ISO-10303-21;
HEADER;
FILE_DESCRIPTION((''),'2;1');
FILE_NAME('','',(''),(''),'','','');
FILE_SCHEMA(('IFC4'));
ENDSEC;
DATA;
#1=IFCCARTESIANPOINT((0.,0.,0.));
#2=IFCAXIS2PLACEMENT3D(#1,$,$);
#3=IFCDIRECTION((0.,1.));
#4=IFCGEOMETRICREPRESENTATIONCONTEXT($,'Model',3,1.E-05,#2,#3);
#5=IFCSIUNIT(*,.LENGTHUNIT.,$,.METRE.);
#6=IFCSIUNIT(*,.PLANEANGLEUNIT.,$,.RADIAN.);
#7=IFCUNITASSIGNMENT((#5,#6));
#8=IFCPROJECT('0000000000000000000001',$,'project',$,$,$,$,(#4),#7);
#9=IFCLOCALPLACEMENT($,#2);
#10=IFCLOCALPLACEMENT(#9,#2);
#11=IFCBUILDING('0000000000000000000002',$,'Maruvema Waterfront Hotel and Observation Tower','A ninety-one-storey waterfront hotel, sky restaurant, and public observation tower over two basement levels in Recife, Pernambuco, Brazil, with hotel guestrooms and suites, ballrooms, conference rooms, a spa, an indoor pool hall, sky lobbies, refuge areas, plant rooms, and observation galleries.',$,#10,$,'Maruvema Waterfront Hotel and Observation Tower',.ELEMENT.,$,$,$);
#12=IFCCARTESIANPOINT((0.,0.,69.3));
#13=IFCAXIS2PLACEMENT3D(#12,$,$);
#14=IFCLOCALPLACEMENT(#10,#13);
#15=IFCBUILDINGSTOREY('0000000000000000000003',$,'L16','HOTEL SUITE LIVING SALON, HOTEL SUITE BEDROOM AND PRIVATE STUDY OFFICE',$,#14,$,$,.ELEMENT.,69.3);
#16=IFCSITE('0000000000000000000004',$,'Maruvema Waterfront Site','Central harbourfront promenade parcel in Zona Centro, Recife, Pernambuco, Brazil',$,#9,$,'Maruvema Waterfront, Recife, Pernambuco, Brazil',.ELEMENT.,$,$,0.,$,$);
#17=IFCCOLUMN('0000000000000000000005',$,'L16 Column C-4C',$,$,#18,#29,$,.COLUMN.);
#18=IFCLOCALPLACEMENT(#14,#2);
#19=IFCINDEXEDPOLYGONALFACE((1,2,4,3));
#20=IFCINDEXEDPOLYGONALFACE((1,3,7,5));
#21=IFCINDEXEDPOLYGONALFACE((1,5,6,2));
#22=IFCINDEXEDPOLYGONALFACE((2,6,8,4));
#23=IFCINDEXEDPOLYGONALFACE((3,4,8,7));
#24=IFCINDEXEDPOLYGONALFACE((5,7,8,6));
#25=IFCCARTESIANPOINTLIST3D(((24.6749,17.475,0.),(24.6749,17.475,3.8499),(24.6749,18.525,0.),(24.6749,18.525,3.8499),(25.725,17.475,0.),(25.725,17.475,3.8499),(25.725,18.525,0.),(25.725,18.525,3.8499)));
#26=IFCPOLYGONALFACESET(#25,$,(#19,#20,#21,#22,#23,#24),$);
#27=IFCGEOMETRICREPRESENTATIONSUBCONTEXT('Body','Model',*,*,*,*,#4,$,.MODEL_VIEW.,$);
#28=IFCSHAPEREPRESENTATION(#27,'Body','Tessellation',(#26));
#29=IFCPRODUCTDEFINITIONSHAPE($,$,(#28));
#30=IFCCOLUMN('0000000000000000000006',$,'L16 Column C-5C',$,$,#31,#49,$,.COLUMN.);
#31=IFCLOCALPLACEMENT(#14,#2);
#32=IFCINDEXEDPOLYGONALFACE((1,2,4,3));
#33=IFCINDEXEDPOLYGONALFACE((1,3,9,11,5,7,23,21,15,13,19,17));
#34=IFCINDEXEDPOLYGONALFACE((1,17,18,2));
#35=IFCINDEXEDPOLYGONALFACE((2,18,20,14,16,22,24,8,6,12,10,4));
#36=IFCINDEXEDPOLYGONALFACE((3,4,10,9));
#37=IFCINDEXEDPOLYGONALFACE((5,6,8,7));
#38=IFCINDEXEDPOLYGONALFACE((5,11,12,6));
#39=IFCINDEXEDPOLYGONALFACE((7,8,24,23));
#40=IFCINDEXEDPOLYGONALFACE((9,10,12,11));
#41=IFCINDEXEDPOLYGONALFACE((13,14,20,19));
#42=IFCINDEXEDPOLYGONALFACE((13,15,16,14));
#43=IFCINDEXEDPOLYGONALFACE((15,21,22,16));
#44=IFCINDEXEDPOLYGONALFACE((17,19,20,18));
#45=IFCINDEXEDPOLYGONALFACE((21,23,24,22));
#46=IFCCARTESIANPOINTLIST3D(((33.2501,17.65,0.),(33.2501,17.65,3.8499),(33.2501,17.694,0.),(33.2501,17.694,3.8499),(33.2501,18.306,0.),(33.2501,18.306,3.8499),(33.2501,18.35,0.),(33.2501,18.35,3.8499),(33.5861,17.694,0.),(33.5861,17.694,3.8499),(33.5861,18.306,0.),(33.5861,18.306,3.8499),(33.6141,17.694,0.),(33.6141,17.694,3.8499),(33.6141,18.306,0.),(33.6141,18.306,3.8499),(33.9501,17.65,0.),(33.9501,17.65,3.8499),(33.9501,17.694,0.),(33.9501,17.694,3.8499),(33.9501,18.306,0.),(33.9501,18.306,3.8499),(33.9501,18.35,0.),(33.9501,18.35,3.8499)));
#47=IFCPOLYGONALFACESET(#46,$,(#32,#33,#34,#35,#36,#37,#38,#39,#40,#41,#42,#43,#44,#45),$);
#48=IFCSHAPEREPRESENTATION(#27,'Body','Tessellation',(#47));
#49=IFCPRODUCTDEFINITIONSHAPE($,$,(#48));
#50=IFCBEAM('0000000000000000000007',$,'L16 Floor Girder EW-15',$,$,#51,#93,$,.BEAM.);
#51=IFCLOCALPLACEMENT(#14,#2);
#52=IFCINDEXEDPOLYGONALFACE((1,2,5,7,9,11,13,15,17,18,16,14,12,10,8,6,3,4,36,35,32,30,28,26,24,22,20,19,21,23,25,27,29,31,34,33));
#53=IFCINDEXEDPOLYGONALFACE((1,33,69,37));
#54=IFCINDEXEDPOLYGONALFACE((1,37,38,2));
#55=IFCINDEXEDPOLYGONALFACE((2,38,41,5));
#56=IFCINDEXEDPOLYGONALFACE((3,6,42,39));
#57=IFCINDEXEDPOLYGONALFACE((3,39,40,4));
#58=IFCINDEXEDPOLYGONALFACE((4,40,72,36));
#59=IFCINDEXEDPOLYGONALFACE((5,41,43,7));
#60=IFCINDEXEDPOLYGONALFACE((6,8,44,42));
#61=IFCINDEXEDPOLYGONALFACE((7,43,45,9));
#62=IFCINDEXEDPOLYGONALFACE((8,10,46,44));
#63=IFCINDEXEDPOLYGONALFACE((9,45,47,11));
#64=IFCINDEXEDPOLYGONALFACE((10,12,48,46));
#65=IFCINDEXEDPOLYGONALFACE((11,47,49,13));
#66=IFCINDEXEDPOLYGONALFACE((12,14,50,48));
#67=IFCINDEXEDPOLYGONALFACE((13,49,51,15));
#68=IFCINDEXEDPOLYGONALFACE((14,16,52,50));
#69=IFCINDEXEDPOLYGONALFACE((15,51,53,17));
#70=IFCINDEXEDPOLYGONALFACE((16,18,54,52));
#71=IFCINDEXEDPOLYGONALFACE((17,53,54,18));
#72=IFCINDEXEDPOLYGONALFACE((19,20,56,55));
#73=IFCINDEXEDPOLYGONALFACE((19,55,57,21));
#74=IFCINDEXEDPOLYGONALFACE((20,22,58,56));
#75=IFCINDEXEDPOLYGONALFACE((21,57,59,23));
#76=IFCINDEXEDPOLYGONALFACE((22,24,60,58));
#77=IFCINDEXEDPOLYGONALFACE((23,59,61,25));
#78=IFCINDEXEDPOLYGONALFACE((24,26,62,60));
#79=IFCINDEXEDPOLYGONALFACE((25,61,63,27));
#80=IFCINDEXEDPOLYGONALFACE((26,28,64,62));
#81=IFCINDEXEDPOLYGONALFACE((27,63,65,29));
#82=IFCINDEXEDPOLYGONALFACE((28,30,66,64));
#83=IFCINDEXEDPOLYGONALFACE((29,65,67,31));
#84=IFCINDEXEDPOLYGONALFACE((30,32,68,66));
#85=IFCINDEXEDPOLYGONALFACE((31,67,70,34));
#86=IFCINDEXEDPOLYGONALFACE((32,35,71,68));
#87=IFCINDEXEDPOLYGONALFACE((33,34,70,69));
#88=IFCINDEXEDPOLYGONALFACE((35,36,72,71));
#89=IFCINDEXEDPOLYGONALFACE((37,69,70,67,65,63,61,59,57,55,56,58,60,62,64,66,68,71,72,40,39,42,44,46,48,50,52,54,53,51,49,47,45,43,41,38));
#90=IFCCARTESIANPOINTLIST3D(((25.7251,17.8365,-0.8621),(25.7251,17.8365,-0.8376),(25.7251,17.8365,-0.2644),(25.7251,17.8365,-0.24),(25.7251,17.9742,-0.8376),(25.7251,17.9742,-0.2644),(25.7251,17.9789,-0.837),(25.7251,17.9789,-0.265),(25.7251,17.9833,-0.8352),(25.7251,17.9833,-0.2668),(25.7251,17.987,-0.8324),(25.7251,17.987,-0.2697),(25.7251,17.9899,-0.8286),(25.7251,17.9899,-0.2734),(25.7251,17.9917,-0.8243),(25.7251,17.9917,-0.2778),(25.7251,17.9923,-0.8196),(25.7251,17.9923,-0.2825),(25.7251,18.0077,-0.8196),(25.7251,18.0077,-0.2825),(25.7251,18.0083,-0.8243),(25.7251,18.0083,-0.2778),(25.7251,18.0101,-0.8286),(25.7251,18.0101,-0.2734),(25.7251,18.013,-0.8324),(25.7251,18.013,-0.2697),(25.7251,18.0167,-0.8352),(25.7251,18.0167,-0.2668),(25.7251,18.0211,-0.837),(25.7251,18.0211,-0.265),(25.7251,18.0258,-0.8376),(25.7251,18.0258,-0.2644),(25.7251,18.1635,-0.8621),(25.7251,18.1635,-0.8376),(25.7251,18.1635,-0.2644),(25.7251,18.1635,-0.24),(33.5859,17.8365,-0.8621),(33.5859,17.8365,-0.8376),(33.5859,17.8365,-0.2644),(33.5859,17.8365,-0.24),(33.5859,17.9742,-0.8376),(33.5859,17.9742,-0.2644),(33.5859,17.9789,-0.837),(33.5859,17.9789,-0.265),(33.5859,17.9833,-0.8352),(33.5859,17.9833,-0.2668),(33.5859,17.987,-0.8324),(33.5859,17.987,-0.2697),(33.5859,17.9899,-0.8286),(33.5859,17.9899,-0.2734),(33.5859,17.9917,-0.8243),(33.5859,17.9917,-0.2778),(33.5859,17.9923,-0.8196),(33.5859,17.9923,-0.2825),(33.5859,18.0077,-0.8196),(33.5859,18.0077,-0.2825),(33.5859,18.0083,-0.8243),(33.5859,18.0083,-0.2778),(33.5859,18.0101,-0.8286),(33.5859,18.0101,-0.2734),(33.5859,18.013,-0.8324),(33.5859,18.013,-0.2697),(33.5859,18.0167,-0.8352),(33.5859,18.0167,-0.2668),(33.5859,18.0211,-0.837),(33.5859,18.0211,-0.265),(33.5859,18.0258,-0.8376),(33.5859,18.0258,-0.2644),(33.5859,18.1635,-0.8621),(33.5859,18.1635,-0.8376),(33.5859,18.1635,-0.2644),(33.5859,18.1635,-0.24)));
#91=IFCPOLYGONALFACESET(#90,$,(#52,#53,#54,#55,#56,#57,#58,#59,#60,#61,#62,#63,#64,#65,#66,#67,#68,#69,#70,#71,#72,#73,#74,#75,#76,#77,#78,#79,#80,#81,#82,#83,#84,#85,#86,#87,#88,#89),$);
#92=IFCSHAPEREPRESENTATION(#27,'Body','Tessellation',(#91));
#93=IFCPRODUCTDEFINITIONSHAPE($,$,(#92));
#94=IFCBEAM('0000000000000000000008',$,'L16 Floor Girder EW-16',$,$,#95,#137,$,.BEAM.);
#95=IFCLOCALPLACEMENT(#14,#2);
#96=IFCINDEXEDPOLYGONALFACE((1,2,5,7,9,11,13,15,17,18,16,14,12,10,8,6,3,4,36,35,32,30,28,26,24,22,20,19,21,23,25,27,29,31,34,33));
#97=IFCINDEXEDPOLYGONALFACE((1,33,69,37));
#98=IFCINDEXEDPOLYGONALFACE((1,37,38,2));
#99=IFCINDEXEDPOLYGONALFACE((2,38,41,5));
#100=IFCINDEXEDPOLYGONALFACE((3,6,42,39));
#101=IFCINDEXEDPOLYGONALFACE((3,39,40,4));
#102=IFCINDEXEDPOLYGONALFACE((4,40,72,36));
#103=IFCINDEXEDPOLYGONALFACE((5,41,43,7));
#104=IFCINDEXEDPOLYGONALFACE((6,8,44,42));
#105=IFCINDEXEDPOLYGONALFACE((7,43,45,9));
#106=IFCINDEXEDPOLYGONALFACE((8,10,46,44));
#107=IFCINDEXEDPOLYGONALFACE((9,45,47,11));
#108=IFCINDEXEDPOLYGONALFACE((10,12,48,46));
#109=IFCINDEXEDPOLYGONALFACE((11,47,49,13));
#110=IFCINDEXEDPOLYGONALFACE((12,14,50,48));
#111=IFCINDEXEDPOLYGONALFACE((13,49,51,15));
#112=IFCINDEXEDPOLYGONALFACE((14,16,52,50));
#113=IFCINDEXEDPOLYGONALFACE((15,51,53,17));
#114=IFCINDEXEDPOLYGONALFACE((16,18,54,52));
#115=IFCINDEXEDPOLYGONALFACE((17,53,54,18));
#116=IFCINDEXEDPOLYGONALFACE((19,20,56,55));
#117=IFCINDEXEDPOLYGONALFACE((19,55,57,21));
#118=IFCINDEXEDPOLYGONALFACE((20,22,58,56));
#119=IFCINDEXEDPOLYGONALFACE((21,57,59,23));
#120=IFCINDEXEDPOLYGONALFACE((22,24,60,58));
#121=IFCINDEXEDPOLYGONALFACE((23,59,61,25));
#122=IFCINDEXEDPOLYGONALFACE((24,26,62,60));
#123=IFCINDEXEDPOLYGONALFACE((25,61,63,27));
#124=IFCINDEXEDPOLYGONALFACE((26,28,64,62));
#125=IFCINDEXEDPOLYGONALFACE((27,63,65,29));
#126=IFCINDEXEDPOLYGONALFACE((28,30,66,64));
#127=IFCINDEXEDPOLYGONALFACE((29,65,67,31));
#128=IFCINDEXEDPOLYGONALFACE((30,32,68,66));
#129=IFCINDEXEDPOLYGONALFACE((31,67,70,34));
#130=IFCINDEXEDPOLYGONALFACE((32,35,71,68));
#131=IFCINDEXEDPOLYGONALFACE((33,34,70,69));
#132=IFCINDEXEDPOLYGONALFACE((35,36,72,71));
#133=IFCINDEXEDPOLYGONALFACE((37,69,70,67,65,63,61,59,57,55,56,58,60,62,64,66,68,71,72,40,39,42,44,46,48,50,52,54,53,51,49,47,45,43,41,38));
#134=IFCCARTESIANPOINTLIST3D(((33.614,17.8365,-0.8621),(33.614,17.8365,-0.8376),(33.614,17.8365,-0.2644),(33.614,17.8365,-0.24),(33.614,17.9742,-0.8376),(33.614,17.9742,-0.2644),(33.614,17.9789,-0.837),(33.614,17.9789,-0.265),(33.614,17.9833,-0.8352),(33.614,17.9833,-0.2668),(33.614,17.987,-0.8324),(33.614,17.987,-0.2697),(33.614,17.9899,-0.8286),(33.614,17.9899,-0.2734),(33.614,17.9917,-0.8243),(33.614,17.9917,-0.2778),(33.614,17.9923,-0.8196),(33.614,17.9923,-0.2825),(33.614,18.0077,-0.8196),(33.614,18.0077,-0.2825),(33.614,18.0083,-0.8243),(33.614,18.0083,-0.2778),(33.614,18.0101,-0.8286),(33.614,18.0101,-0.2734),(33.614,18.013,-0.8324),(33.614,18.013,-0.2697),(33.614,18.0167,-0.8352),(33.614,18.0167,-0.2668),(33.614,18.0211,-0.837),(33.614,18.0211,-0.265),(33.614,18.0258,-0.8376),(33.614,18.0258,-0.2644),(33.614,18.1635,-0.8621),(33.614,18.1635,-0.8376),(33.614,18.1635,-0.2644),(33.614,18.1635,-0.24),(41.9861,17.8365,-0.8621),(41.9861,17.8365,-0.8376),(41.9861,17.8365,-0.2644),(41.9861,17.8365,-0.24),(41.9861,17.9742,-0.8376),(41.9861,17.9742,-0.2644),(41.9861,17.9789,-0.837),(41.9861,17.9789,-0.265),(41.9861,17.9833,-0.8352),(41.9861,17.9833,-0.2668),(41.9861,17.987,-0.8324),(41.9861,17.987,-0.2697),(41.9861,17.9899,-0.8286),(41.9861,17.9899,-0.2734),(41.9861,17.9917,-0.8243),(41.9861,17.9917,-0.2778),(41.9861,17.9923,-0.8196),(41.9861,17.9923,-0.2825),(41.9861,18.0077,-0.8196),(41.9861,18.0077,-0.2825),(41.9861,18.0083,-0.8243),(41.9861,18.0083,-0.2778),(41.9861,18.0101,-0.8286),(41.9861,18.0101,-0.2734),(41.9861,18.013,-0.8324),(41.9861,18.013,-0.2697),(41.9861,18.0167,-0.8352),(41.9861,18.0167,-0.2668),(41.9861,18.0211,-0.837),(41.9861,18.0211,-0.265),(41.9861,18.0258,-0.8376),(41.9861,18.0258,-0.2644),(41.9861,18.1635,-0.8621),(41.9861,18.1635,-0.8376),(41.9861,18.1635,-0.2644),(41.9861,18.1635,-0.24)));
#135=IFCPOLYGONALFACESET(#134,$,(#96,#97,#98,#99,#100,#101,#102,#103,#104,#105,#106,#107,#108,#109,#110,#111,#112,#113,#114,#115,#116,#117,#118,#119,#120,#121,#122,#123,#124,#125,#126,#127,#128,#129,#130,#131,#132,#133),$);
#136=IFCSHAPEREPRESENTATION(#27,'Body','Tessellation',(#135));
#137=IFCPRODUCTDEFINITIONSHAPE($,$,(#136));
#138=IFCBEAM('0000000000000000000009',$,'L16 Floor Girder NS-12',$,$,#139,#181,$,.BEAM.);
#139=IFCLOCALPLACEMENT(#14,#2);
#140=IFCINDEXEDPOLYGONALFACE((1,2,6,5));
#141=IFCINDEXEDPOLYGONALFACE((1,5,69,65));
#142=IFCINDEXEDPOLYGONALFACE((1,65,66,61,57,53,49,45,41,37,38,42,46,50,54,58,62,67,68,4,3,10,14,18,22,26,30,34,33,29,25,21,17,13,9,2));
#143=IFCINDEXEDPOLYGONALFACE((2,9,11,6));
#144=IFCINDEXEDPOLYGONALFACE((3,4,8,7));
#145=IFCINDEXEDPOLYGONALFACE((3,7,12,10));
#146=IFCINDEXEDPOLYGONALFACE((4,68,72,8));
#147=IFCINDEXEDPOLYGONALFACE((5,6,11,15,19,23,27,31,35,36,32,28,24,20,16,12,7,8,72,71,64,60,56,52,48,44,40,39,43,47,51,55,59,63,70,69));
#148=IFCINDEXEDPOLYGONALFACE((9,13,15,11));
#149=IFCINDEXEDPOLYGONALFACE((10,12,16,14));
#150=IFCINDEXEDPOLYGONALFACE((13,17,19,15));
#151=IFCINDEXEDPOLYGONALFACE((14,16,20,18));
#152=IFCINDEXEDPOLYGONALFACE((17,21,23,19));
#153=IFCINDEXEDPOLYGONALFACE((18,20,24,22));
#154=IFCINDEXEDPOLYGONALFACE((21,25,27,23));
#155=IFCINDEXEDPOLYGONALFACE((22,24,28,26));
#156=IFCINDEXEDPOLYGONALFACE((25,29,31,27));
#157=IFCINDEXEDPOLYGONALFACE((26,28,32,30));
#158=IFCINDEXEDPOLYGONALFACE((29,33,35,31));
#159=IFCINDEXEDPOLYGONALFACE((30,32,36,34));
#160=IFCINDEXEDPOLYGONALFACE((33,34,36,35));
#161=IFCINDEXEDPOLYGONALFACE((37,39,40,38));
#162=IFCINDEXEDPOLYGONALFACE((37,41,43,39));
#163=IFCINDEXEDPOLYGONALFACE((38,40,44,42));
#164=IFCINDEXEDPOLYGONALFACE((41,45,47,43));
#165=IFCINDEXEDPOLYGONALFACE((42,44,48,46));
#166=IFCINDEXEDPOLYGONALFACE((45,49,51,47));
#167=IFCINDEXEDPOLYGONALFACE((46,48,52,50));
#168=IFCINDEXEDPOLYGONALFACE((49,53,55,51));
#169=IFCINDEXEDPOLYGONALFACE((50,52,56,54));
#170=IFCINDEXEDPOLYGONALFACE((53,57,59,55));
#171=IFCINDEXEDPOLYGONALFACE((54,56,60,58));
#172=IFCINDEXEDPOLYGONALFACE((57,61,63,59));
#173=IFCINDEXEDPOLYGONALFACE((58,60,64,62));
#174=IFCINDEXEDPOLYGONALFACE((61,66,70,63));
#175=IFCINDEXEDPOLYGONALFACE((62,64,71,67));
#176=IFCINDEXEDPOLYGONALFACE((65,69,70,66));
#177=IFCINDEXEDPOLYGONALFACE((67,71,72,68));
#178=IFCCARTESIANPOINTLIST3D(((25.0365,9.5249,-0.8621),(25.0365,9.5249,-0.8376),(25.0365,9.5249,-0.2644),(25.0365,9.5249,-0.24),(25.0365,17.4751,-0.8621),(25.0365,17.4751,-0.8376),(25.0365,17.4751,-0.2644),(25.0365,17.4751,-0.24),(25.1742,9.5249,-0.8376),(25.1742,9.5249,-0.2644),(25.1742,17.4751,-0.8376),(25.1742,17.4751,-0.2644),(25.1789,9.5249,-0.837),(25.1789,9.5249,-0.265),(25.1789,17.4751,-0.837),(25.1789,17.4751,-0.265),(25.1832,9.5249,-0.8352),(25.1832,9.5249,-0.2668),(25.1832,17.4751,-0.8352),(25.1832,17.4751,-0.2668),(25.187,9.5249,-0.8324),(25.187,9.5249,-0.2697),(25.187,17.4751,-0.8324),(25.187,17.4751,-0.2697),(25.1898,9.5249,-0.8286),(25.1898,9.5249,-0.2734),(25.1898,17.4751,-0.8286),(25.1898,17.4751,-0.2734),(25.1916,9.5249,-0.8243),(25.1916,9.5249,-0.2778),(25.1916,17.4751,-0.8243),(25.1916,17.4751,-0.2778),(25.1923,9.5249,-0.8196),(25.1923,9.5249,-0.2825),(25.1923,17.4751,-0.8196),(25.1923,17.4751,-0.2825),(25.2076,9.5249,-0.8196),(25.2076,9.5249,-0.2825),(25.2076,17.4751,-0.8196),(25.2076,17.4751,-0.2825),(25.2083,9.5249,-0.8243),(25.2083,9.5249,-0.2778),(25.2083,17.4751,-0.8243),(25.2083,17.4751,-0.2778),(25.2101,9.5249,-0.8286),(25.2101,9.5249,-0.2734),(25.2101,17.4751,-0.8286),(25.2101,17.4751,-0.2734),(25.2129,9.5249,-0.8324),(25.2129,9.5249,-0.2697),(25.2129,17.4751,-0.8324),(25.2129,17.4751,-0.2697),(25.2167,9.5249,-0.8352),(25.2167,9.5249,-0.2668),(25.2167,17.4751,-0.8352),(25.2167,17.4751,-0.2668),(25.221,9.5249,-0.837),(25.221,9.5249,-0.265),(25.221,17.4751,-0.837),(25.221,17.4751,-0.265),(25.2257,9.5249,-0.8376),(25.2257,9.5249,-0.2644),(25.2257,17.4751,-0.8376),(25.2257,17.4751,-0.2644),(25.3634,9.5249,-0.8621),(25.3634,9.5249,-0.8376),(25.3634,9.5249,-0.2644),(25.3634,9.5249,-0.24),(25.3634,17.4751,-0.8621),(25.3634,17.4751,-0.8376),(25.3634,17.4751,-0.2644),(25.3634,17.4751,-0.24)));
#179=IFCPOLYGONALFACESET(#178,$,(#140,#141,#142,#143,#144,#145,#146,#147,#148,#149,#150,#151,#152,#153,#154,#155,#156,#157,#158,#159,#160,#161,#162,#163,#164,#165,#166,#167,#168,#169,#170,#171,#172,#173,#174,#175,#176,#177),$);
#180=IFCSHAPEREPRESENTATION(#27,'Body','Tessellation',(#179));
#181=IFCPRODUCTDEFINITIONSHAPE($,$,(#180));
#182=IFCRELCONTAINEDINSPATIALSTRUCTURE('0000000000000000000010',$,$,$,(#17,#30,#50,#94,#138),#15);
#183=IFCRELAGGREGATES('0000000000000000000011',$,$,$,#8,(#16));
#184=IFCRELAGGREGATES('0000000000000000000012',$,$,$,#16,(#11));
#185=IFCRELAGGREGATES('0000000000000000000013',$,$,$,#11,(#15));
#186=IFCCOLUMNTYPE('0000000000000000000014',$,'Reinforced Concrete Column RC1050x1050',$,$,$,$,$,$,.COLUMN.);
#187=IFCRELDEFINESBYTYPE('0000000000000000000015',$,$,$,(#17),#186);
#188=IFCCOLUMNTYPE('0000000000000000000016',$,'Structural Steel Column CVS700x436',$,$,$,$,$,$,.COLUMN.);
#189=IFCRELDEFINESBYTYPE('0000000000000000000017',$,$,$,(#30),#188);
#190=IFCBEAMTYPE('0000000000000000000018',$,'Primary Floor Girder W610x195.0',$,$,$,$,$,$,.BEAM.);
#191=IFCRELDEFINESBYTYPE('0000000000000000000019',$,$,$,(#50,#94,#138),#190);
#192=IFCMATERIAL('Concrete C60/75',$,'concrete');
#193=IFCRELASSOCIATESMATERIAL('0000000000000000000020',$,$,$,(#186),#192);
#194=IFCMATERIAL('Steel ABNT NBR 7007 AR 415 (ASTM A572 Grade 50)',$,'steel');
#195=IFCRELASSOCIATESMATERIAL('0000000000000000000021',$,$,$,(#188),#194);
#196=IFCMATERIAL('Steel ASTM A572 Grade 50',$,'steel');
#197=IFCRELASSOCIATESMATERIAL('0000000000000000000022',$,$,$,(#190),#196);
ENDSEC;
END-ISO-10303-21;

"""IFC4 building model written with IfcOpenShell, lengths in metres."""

from ifc_helpers import new_model, si_unit, direction, frame, origin, origin_2d, place, context, subcontext, project, spatial, rectangle, i_section, extrude, material, material_profile, profile_set, type_object, element, save


model = new_model("IFC4")

# Units and contexts
model_context = context("Model", 3, precision=1e-05, world=origin(), true_north=direction((0.0, 1.0)))
body_context = subcontext(model_context, "Body", "Model", "MODEL_VIEW")
ifc_project = project(units=[si_unit("LENGTHUNIT", "METRE"), si_unit("PLANEANGLEUNIT", "RADIAN")], contexts=[model_context])

# Site, building, storey
site_placement = place(None, origin())
site = spatial("IfcSite", under=ifc_project, at=site_placement, Name="Maruvema Waterfront Site", Description="Central harbourfront promenade parcel in Zona Centro, Recife, Pernambuco, Brazil", LongName="Maruvema Waterfront, Recife, Pernambuco, Brazil", CompositionType="ELEMENT", RefElevation=0.0)
building_placement = place(site_placement, origin())
building = spatial("IfcBuilding", under=site, at=building_placement, Name="Maruvema Waterfront Hotel and Observation Tower", Description="A ninety-one-storey waterfront hotel, sky restaurant, and public observation tower over two basement levels in Recife, Pernambuco, Brazil, with hotel guestrooms and suites, ballrooms, conference rooms, a spa, an indoor pool hall, sky lobbies, refuge areas, plant rooms, and observation galleries.", LongName="Maruvema Waterfront Hotel and Observation Tower", CompositionType="ELEMENT")
storey_placement = place(building_placement, frame((0.0, 0.0, 69.3)))
storey = spatial("IfcBuildingStorey", under=building, at=storey_placement, Name="L16", Description="HOTEL SUITE LIVING SALON, HOTEL SUITE BEDROOM AND PRIVATE STUDY OFFICE", CompositionType="ELEMENT", Elevation=69.3)

# Columns
ifc_material_1 = material(Name="Concrete C60/75", Category="concrete")
ifc_material_profile_1 = material_profile(ifc_material_1, rectangle(XDim=1.05, YDim=1.05, at=origin_2d()), Name="RC1050x1050")
ifc_profile_set_1 = profile_set([ifc_material_profile_1], Name="Concrete C60/75")
column_type_1 = type_object("IfcColumnType", Name="Reinforced Concrete Column RC1050x1050", PredefinedType="COLUMN", material=ifc_profile_set_1)
column_1_placement = place(storey_placement, frame((25.2, 18.0, 0.0), z_axis=(0.0, 0.0, 1.0), x_axis=(1.0, 0.0, 0.0)))
element("IfcColumn", 1, at=column_1_placement, inside=storey, type_object=column_type_1, Name="L16 Column C-4C", PredefinedType="COLUMN", context=body_context, shape_type="SweptSolid", body=[
    extrude(rectangle(XDim=1.05, YDim=1.05, at=origin_2d()), origin(), (0.0, 0.0, 1.0), 3.8499),
])
ifc_material_2 = material(Name="Steel ABNT NBR 7007 AR 415 (ASTM A572 Grade 50)", Category="steel")
ifc_material_profile_2 = material_profile(ifc_material_2, i_section(OverallWidth=0.7, OverallDepth=0.7, WebThickness=0.0281, FlangeThickness=0.0439, at=origin_2d()), Name="CVS700x436")
ifc_profile_set_2 = profile_set([ifc_material_profile_2], Name="Steel ABNT NBR 7007 AR 415 (ASTM A572 Grade 50)")
column_type_2 = type_object("IfcColumnType", Name="Structural Steel Column CVS700x436", PredefinedType="COLUMN", material=ifc_profile_set_2)
column_2_placement = place(storey_placement, frame((33.6001, 18.0, 0.0), z_axis=(0.0, 0.0, 1.0), x_axis=(1.0, 0.0, 0.0)))
element("IfcColumn", 2, at=column_2_placement, inside=storey, type_object=column_type_2, Name="L16 Column C-5C", PredefinedType="COLUMN", context=body_context, shape_type="SweptSolid", body=[
    extrude(i_section(OverallWidth=0.7, OverallDepth=0.7, WebThickness=0.0281, FlangeThickness=0.0439, at=origin_2d()), origin(), (0.0, 0.0, 1.0), 3.8499),
])

# Beams
ifc_material_3 = material(Name="Steel ASTM A572 Grade 50", Category="steel")
ifc_material_profile_3 = material_profile(ifc_material_3, i_section(OverallWidth=0.3269, OverallDepth=0.6221, WebThickness=0.0154, FlangeThickness=0.0244, FilletRadius=0.0181, at=origin_2d()), Name="W610x195.0")
ifc_profile_set_3 = profile_set([ifc_material_profile_3], Name="Steel ASTM A572 Grade 50")
beam_type_1 = type_object("IfcBeamType", Name="Primary Floor Girder W610x195.0", PredefinedType="BEAM", material=ifc_profile_set_3)
beam_1_placement = place(storey_placement, frame((25.7251, 18.0, -0.551), z_axis=(1.0, 0.0, 0.0), x_axis=(0.0, 1.0, 0.0)))
element("IfcBeam", 3, at=beam_1_placement, inside=storey, type_object=beam_type_1, Name="L16 Floor Girder EW-15", PredefinedType="BEAM", context=body_context, shape_type="SweptSolid", body=[
    extrude(i_section(OverallWidth=0.3269, OverallDepth=0.6221, WebThickness=0.0154, FlangeThickness=0.0244, FilletRadius=0.0181, at=origin_2d()), origin(), (0.0, 0.0, 1.0), 7.8608),
])
beam_2_placement = place(storey_placement, frame((33.614, 18.0, -0.551), z_axis=(1.0, 0.0, 0.0), x_axis=(0.0, 1.0, 0.0)))
element("IfcBeam", 4, at=beam_2_placement, inside=storey, type_object=beam_type_1, Name="L16 Floor Girder EW-16", PredefinedType="BEAM", context=body_context, shape_type="SweptSolid", body=[
    extrude(i_section(OverallWidth=0.3269, OverallDepth=0.6221, WebThickness=0.0154, FlangeThickness=0.0244, FilletRadius=0.0181, at=origin_2d()), origin(), (0.0, 0.0, 1.0), 8.3721),
])
beam_3_placement = place(storey_placement, frame((25.2, 9.5249, -0.551), z_axis=(0.0, 1.0, 0.0), x_axis=(-1.0, 0.0, 0.0)))
element("IfcBeam", 5, at=beam_3_placement, inside=storey, type_object=beam_type_1, Name="L16 Floor Girder NS-12", PredefinedType="BEAM", context=body_context, shape_type="SweptSolid", body=[
    extrude(i_section(OverallWidth=0.3269, OverallDepth=0.6221, WebThickness=0.0154, FlangeThickness=0.0244, FilletRadius=0.0181, at=origin_2d()), origin(), (0.0, 0.0, 1.0), 7.9502),
])

save(model, "model.ifc")
